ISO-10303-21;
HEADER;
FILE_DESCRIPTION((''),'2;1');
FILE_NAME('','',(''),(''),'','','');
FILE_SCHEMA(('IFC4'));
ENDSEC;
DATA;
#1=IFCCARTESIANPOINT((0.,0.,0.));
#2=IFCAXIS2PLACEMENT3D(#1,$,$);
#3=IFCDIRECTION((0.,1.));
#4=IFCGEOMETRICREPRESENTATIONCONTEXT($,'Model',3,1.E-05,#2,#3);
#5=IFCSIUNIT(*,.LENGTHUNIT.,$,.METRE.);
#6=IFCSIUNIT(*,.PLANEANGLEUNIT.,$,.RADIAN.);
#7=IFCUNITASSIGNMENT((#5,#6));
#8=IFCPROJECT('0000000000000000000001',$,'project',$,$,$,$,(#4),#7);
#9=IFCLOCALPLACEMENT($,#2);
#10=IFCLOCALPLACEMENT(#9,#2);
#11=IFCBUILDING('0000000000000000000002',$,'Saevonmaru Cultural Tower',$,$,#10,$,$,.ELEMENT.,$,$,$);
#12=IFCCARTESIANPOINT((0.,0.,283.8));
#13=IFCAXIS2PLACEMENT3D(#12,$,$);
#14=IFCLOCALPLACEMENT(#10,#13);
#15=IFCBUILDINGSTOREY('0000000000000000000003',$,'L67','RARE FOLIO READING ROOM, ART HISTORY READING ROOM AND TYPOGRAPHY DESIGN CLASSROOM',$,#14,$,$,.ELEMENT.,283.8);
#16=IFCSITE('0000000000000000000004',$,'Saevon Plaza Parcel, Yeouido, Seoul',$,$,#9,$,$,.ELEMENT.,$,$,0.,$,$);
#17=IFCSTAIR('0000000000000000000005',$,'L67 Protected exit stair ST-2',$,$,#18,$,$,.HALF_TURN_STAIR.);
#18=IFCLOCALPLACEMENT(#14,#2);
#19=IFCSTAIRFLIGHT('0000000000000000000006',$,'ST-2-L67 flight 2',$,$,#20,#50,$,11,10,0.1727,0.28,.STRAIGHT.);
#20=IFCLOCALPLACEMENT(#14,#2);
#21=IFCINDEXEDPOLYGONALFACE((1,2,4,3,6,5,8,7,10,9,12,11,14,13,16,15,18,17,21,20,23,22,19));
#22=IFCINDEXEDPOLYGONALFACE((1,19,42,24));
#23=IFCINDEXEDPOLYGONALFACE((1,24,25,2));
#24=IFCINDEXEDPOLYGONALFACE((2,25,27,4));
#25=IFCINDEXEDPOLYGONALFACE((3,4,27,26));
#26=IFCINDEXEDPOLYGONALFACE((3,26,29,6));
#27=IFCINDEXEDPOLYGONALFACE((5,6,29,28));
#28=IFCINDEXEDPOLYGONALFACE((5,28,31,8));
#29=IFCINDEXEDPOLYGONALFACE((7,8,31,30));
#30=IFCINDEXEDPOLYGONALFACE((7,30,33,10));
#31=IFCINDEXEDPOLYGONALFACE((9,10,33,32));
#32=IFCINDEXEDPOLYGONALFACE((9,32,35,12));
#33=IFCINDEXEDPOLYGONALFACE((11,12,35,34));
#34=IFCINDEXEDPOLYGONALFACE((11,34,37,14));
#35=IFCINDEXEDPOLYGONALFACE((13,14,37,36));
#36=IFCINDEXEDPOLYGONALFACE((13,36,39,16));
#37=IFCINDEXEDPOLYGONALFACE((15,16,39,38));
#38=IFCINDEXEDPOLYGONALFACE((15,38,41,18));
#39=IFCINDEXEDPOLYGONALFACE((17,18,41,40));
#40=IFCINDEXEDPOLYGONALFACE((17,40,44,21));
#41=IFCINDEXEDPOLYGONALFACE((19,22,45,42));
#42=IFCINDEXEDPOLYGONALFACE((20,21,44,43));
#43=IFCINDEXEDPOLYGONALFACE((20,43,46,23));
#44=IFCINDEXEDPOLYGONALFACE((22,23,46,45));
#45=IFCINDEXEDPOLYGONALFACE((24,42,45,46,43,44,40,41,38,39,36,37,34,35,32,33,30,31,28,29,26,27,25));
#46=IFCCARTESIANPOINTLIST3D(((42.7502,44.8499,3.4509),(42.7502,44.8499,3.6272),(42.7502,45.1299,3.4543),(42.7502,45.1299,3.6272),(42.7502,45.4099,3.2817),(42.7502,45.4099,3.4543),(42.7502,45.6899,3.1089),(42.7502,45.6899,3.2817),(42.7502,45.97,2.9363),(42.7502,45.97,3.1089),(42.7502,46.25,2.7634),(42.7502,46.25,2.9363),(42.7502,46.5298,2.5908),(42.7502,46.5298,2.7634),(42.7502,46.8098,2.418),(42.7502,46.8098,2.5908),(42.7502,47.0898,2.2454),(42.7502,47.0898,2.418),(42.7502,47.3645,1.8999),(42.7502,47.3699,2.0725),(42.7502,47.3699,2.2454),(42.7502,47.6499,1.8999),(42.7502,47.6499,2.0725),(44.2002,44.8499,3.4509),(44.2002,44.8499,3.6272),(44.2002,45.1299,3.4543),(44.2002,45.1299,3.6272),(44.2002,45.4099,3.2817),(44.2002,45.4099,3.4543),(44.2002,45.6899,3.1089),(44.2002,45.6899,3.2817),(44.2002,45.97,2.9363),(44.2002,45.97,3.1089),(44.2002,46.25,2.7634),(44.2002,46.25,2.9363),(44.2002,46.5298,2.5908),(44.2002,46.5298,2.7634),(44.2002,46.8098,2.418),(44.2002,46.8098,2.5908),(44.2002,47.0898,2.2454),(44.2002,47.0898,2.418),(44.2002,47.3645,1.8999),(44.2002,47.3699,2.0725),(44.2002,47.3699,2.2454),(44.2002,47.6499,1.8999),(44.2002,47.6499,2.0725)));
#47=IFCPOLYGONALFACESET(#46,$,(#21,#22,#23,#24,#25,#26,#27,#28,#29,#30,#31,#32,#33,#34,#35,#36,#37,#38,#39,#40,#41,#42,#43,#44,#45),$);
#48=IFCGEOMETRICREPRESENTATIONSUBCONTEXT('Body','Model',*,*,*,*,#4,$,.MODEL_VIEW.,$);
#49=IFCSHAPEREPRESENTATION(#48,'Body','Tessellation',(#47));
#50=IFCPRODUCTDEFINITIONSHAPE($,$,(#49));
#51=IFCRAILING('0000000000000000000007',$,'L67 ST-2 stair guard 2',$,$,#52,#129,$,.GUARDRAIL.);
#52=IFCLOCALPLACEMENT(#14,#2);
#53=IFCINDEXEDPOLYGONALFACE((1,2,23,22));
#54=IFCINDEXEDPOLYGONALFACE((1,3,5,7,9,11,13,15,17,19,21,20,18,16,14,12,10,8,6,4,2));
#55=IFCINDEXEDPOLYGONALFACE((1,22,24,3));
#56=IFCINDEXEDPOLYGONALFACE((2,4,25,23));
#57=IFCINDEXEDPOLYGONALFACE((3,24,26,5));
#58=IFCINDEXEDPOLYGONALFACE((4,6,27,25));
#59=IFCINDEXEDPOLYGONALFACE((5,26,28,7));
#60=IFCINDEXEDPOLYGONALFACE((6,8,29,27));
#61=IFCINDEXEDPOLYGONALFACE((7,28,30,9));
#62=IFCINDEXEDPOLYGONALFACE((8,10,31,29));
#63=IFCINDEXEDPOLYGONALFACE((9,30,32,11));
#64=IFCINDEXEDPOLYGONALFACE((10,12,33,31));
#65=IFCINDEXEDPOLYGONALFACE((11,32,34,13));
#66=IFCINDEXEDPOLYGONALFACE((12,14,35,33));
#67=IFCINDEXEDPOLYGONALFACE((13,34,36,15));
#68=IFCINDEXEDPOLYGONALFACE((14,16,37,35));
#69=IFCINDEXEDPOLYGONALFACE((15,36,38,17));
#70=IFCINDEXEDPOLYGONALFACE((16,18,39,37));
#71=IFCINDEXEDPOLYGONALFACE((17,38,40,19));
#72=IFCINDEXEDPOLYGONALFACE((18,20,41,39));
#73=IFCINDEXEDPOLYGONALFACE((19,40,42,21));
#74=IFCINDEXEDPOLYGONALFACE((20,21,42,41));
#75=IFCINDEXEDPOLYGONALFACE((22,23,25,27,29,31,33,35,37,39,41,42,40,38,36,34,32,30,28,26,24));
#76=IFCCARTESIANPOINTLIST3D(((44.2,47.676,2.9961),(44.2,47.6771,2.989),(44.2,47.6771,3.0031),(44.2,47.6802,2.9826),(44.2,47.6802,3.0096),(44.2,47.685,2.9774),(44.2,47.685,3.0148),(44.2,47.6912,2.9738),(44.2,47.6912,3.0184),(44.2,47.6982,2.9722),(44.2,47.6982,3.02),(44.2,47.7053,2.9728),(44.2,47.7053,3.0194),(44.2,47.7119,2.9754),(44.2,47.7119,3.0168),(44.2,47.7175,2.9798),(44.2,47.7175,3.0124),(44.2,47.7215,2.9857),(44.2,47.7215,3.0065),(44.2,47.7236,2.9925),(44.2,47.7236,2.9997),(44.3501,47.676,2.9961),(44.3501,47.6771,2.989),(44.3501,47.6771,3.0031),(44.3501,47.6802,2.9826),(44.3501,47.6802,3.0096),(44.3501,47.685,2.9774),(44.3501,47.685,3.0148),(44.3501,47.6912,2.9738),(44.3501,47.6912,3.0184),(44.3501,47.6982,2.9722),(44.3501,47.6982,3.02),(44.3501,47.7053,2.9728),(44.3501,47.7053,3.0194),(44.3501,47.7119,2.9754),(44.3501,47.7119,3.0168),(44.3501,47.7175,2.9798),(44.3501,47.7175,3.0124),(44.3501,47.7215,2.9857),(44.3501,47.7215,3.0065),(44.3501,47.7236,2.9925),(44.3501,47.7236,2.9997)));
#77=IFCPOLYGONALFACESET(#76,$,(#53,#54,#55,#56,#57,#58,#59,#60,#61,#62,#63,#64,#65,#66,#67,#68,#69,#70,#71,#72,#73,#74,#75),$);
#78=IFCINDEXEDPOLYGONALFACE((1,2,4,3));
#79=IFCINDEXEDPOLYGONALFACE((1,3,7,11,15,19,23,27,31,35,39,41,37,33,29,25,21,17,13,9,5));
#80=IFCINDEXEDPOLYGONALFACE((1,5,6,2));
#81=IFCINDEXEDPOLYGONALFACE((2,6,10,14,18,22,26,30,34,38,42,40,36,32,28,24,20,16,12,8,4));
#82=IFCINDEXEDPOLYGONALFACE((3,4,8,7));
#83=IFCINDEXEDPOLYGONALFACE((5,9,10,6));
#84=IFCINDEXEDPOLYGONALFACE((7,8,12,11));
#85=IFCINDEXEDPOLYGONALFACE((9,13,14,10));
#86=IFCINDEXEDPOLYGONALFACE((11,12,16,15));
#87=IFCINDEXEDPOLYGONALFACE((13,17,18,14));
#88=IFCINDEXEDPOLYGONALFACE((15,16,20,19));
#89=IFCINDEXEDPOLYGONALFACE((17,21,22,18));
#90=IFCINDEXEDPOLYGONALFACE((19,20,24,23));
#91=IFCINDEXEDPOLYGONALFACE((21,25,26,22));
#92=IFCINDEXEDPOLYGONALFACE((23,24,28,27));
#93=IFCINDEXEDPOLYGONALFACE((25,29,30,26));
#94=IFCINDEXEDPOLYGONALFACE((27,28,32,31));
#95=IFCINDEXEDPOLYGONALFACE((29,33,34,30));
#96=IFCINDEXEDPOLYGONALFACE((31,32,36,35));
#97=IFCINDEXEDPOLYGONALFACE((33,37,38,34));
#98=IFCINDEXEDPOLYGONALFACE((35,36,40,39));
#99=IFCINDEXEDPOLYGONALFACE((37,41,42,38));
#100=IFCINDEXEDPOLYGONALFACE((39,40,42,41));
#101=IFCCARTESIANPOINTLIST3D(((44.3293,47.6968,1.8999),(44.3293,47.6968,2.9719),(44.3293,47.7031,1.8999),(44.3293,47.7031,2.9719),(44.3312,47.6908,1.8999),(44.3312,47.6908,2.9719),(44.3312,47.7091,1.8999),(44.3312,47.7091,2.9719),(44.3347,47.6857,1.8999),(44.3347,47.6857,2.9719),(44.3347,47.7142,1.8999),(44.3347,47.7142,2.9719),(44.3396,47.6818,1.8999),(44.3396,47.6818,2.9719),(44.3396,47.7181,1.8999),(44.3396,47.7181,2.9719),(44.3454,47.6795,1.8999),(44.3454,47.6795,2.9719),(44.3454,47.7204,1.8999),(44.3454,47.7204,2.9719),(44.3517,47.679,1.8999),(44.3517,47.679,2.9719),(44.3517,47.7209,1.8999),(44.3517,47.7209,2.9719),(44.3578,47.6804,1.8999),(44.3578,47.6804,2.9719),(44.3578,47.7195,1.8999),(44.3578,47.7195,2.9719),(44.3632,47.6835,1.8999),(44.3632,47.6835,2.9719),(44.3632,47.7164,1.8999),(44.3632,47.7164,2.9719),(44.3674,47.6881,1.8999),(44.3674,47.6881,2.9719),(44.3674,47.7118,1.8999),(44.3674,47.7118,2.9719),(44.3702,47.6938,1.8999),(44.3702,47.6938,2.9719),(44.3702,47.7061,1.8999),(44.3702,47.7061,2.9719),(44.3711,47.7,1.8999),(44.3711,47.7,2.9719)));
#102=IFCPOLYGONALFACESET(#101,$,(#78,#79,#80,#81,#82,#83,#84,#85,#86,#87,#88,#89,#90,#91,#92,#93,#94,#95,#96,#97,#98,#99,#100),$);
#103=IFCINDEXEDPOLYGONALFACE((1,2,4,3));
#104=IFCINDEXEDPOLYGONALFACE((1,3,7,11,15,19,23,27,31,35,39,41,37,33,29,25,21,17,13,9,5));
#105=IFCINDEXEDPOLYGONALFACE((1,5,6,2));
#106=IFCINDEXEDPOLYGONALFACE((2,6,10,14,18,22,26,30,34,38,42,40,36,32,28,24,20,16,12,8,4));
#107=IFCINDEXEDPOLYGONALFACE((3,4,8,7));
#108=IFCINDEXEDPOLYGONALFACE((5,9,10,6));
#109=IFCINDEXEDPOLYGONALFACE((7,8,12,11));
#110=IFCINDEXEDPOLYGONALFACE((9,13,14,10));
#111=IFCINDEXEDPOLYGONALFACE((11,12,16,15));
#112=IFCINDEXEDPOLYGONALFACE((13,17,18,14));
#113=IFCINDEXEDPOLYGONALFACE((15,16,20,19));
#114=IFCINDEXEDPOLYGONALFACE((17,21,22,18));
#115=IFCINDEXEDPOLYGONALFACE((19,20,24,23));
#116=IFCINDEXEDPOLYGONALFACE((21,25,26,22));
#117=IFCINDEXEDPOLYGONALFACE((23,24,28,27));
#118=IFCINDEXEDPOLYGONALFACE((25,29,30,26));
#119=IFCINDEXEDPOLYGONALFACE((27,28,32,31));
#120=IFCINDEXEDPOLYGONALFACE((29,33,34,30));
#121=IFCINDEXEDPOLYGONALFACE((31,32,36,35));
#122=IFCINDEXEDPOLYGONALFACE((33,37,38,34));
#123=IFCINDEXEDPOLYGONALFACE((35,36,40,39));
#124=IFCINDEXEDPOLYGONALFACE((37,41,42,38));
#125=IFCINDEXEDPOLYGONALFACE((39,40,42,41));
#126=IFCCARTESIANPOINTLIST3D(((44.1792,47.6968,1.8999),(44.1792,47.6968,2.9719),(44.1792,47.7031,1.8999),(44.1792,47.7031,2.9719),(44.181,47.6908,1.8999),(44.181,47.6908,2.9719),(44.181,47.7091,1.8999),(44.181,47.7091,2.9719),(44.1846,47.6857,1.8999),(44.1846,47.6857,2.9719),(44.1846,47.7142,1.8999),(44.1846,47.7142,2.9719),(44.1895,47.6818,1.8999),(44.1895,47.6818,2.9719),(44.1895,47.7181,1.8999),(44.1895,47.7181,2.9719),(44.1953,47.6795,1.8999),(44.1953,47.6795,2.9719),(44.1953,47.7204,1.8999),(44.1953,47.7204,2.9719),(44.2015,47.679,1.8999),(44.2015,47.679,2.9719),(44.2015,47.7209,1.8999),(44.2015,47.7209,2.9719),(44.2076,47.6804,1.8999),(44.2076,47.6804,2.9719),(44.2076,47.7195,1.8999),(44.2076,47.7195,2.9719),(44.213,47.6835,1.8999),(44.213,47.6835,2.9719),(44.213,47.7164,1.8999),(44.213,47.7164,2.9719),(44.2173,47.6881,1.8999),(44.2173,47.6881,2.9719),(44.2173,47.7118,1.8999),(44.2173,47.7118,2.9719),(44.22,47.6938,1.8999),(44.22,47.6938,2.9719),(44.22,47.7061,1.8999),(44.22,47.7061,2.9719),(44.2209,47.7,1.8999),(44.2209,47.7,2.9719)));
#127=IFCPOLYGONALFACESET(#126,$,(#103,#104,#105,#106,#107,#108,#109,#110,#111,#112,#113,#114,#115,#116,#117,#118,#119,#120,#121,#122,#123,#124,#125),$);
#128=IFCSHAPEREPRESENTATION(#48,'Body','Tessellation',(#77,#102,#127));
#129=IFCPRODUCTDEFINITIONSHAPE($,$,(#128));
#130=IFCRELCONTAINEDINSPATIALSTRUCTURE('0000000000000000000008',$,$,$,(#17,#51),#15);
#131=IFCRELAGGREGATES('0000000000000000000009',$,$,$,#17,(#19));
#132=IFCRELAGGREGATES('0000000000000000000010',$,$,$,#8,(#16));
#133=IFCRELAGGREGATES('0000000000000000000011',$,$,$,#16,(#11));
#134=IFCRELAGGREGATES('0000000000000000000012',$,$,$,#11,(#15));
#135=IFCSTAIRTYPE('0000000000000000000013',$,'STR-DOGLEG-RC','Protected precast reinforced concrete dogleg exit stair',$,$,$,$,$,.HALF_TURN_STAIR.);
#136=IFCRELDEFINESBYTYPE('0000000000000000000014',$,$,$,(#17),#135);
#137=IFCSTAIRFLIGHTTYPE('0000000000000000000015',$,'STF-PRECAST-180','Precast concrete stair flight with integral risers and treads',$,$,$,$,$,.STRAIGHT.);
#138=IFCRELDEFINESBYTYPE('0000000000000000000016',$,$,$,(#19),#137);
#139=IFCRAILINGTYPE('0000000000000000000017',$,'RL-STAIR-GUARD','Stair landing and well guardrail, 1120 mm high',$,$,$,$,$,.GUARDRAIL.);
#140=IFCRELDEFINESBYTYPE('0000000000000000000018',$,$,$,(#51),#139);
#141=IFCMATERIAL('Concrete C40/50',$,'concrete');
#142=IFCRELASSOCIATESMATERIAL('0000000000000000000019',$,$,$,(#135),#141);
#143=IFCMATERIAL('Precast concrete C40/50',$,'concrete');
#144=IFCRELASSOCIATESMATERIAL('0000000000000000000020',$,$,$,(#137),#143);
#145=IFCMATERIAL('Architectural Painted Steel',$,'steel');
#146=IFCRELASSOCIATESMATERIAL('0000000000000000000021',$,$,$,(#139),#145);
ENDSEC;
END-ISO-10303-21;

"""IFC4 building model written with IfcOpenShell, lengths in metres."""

from ifc_helpers import new_model, si_unit, direction, frame, origin, origin_2d, place, context, subcontext, project, spatial, polyline, circle, outline, extrude, material, type_object, element, aggregate, save


model = new_model("IFC4")

# Units and contexts
model_context = context("Model", 3, precision=1e-05, world=origin(), true_north=direction((0.0, 1.0)))
body_context = subcontext(model_context, "Body", "Model", "MODEL_VIEW")
ifc_project = project(units=[si_unit("LENGTHUNIT", "METRE"), si_unit("PLANEANGLEUNIT", "RADIAN")], contexts=[model_context])

# Site, building, storey
site_placement = place(None, origin())
site = spatial("IfcSite", under=ifc_project, at=site_placement, Name="Saevon Plaza Parcel, Yeouido, Seoul", CompositionType="ELEMENT", RefElevation=0.0)
building_placement = place(site_placement, origin())
building = spatial("IfcBuilding", under=site, at=building_placement, Name="Saevonmaru Cultural Tower", CompositionType="ELEMENT")
storey_placement = place(building_placement, frame((0.0, 0.0, 283.8)))
storey = spatial("IfcBuildingStorey", under=building, at=storey_placement, Name="L67", Description="RARE FOLIO READING ROOM, ART HISTORY READING ROOM AND TYPOGRAPHY DESIGN CLASSROOM", CompositionType="ELEMENT", Elevation=283.8)

# Shared definitions
ifc_material_1 = material(Name="Concrete C40/50", Category="concrete")

# Stair, stair flight
stair_type = type_object("IfcStairType", Name="STR-DOGLEG-RC", Description="Protected precast reinforced concrete dogleg exit stair", PredefinedType="HALF_TURN_STAIR", material=ifc_material_1)
stair_placement = place(storey_placement, origin())
stair = element("IfcStair", 1, at=stair_placement, inside=storey, type_object=stair_type, Name="L67 Protected exit stair ST-2", PredefinedType="HALF_TURN_STAIR")
ifc_material_2 = material(Name="Precast concrete C40/50", Category="concrete")
stair_flight_type = type_object("IfcStairFlightType", Name="STF-PRECAST-180", Description="Precast concrete stair flight with integral risers and treads", PredefinedType="STRAIGHT", material=ifc_material_2)
stair_flight_placement = place(storey_placement, frame((43.4751, 47.6499, 1.8999), z_axis=(0.0, 0.0, 1.0), x_axis=(0.0, -1.0, 0.0)))
stair_flight = element("IfcStairFlight", 2, at=stair_flight_placement, type_object=stair_flight_type, Name="ST-2-L67 flight 2", NumberOfRisers=11, NumberOfTreads=10, PredefinedType="STRAIGHT", RiserHeight=0.1727, TreadLength=0.28, context=body_context, shape_type="SweptSolid", body=[
    extrude(outline(polyline([(0.0, 0.0), (0.0, 0.1726), (0.28, 0.1726), (0.28, 0.3455), (0.5601, 0.3455), (0.5601, 0.5181), (0.8401, 0.5181), (0.8401, 0.6909), (1.1201, 0.6909), (1.1201, 0.8635), (1.3999, 0.8635), (1.3999, 1.0364), (1.6799, 1.0364), (1.6799, 1.209), (1.96, 1.209), (1.96, 1.3818), (2.24, 1.3818), (2.24, 1.5544), (2.52, 1.5544), (2.52, 1.7273), (2.8, 1.7273), (2.8, 1.8999), (2.8, 1.551), (0.2854, 0.0), (0.0, 0.0)])), frame((0.0, 0.7251, 0.0), z_axis=(0.0, -1.0, 0.0), x_axis=(1.0, 0.0, 0.0)), (0.0, 0.0, 1.0), 1.45),
])
aggregate(stair, [stair_flight])

# Railing
ifc_material_3 = material(Name="Architectural Painted Steel", Category="steel")
railing_type_1 = type_object("IfcRailingType", Name="RL-STAIR-GUARD", Description="Stair landing and well guardrail, 1120 mm high", PredefinedType="GUARDRAIL", material=ifc_material_3)
railing_1_placement = place(storey_placement, frame((44.3501, 47.7, 1.8999)))
element("IfcRailing", 3, at=railing_1_placement, inside=storey, type_object=railing_type_1, Name="L67 ST-2 stair guard 2", PredefinedType="GUARDRAIL", context=body_context, shape_type="SweptSolid", body=[
    extrude(circle(Radius=0.0239, at=origin_2d()), frame((0.0, 0.0, 1.0962), z_axis=(-1.0, 0.0, 0.0), x_axis=(0.0, -1.0, 0.0)), (0.0, 0.0, 1.0), 0.1501),
    extrude(circle(Radius=0.021, at=origin_2d()), origin(), (0.0, 0.0, 1.0), 1.072),
    extrude(circle(Radius=0.021, at=origin_2d()), frame((-0.1501, 0.0, 0.0)), (0.0, 0.0, 1.0), 1.072),
])

save(model, "model.ifc")
